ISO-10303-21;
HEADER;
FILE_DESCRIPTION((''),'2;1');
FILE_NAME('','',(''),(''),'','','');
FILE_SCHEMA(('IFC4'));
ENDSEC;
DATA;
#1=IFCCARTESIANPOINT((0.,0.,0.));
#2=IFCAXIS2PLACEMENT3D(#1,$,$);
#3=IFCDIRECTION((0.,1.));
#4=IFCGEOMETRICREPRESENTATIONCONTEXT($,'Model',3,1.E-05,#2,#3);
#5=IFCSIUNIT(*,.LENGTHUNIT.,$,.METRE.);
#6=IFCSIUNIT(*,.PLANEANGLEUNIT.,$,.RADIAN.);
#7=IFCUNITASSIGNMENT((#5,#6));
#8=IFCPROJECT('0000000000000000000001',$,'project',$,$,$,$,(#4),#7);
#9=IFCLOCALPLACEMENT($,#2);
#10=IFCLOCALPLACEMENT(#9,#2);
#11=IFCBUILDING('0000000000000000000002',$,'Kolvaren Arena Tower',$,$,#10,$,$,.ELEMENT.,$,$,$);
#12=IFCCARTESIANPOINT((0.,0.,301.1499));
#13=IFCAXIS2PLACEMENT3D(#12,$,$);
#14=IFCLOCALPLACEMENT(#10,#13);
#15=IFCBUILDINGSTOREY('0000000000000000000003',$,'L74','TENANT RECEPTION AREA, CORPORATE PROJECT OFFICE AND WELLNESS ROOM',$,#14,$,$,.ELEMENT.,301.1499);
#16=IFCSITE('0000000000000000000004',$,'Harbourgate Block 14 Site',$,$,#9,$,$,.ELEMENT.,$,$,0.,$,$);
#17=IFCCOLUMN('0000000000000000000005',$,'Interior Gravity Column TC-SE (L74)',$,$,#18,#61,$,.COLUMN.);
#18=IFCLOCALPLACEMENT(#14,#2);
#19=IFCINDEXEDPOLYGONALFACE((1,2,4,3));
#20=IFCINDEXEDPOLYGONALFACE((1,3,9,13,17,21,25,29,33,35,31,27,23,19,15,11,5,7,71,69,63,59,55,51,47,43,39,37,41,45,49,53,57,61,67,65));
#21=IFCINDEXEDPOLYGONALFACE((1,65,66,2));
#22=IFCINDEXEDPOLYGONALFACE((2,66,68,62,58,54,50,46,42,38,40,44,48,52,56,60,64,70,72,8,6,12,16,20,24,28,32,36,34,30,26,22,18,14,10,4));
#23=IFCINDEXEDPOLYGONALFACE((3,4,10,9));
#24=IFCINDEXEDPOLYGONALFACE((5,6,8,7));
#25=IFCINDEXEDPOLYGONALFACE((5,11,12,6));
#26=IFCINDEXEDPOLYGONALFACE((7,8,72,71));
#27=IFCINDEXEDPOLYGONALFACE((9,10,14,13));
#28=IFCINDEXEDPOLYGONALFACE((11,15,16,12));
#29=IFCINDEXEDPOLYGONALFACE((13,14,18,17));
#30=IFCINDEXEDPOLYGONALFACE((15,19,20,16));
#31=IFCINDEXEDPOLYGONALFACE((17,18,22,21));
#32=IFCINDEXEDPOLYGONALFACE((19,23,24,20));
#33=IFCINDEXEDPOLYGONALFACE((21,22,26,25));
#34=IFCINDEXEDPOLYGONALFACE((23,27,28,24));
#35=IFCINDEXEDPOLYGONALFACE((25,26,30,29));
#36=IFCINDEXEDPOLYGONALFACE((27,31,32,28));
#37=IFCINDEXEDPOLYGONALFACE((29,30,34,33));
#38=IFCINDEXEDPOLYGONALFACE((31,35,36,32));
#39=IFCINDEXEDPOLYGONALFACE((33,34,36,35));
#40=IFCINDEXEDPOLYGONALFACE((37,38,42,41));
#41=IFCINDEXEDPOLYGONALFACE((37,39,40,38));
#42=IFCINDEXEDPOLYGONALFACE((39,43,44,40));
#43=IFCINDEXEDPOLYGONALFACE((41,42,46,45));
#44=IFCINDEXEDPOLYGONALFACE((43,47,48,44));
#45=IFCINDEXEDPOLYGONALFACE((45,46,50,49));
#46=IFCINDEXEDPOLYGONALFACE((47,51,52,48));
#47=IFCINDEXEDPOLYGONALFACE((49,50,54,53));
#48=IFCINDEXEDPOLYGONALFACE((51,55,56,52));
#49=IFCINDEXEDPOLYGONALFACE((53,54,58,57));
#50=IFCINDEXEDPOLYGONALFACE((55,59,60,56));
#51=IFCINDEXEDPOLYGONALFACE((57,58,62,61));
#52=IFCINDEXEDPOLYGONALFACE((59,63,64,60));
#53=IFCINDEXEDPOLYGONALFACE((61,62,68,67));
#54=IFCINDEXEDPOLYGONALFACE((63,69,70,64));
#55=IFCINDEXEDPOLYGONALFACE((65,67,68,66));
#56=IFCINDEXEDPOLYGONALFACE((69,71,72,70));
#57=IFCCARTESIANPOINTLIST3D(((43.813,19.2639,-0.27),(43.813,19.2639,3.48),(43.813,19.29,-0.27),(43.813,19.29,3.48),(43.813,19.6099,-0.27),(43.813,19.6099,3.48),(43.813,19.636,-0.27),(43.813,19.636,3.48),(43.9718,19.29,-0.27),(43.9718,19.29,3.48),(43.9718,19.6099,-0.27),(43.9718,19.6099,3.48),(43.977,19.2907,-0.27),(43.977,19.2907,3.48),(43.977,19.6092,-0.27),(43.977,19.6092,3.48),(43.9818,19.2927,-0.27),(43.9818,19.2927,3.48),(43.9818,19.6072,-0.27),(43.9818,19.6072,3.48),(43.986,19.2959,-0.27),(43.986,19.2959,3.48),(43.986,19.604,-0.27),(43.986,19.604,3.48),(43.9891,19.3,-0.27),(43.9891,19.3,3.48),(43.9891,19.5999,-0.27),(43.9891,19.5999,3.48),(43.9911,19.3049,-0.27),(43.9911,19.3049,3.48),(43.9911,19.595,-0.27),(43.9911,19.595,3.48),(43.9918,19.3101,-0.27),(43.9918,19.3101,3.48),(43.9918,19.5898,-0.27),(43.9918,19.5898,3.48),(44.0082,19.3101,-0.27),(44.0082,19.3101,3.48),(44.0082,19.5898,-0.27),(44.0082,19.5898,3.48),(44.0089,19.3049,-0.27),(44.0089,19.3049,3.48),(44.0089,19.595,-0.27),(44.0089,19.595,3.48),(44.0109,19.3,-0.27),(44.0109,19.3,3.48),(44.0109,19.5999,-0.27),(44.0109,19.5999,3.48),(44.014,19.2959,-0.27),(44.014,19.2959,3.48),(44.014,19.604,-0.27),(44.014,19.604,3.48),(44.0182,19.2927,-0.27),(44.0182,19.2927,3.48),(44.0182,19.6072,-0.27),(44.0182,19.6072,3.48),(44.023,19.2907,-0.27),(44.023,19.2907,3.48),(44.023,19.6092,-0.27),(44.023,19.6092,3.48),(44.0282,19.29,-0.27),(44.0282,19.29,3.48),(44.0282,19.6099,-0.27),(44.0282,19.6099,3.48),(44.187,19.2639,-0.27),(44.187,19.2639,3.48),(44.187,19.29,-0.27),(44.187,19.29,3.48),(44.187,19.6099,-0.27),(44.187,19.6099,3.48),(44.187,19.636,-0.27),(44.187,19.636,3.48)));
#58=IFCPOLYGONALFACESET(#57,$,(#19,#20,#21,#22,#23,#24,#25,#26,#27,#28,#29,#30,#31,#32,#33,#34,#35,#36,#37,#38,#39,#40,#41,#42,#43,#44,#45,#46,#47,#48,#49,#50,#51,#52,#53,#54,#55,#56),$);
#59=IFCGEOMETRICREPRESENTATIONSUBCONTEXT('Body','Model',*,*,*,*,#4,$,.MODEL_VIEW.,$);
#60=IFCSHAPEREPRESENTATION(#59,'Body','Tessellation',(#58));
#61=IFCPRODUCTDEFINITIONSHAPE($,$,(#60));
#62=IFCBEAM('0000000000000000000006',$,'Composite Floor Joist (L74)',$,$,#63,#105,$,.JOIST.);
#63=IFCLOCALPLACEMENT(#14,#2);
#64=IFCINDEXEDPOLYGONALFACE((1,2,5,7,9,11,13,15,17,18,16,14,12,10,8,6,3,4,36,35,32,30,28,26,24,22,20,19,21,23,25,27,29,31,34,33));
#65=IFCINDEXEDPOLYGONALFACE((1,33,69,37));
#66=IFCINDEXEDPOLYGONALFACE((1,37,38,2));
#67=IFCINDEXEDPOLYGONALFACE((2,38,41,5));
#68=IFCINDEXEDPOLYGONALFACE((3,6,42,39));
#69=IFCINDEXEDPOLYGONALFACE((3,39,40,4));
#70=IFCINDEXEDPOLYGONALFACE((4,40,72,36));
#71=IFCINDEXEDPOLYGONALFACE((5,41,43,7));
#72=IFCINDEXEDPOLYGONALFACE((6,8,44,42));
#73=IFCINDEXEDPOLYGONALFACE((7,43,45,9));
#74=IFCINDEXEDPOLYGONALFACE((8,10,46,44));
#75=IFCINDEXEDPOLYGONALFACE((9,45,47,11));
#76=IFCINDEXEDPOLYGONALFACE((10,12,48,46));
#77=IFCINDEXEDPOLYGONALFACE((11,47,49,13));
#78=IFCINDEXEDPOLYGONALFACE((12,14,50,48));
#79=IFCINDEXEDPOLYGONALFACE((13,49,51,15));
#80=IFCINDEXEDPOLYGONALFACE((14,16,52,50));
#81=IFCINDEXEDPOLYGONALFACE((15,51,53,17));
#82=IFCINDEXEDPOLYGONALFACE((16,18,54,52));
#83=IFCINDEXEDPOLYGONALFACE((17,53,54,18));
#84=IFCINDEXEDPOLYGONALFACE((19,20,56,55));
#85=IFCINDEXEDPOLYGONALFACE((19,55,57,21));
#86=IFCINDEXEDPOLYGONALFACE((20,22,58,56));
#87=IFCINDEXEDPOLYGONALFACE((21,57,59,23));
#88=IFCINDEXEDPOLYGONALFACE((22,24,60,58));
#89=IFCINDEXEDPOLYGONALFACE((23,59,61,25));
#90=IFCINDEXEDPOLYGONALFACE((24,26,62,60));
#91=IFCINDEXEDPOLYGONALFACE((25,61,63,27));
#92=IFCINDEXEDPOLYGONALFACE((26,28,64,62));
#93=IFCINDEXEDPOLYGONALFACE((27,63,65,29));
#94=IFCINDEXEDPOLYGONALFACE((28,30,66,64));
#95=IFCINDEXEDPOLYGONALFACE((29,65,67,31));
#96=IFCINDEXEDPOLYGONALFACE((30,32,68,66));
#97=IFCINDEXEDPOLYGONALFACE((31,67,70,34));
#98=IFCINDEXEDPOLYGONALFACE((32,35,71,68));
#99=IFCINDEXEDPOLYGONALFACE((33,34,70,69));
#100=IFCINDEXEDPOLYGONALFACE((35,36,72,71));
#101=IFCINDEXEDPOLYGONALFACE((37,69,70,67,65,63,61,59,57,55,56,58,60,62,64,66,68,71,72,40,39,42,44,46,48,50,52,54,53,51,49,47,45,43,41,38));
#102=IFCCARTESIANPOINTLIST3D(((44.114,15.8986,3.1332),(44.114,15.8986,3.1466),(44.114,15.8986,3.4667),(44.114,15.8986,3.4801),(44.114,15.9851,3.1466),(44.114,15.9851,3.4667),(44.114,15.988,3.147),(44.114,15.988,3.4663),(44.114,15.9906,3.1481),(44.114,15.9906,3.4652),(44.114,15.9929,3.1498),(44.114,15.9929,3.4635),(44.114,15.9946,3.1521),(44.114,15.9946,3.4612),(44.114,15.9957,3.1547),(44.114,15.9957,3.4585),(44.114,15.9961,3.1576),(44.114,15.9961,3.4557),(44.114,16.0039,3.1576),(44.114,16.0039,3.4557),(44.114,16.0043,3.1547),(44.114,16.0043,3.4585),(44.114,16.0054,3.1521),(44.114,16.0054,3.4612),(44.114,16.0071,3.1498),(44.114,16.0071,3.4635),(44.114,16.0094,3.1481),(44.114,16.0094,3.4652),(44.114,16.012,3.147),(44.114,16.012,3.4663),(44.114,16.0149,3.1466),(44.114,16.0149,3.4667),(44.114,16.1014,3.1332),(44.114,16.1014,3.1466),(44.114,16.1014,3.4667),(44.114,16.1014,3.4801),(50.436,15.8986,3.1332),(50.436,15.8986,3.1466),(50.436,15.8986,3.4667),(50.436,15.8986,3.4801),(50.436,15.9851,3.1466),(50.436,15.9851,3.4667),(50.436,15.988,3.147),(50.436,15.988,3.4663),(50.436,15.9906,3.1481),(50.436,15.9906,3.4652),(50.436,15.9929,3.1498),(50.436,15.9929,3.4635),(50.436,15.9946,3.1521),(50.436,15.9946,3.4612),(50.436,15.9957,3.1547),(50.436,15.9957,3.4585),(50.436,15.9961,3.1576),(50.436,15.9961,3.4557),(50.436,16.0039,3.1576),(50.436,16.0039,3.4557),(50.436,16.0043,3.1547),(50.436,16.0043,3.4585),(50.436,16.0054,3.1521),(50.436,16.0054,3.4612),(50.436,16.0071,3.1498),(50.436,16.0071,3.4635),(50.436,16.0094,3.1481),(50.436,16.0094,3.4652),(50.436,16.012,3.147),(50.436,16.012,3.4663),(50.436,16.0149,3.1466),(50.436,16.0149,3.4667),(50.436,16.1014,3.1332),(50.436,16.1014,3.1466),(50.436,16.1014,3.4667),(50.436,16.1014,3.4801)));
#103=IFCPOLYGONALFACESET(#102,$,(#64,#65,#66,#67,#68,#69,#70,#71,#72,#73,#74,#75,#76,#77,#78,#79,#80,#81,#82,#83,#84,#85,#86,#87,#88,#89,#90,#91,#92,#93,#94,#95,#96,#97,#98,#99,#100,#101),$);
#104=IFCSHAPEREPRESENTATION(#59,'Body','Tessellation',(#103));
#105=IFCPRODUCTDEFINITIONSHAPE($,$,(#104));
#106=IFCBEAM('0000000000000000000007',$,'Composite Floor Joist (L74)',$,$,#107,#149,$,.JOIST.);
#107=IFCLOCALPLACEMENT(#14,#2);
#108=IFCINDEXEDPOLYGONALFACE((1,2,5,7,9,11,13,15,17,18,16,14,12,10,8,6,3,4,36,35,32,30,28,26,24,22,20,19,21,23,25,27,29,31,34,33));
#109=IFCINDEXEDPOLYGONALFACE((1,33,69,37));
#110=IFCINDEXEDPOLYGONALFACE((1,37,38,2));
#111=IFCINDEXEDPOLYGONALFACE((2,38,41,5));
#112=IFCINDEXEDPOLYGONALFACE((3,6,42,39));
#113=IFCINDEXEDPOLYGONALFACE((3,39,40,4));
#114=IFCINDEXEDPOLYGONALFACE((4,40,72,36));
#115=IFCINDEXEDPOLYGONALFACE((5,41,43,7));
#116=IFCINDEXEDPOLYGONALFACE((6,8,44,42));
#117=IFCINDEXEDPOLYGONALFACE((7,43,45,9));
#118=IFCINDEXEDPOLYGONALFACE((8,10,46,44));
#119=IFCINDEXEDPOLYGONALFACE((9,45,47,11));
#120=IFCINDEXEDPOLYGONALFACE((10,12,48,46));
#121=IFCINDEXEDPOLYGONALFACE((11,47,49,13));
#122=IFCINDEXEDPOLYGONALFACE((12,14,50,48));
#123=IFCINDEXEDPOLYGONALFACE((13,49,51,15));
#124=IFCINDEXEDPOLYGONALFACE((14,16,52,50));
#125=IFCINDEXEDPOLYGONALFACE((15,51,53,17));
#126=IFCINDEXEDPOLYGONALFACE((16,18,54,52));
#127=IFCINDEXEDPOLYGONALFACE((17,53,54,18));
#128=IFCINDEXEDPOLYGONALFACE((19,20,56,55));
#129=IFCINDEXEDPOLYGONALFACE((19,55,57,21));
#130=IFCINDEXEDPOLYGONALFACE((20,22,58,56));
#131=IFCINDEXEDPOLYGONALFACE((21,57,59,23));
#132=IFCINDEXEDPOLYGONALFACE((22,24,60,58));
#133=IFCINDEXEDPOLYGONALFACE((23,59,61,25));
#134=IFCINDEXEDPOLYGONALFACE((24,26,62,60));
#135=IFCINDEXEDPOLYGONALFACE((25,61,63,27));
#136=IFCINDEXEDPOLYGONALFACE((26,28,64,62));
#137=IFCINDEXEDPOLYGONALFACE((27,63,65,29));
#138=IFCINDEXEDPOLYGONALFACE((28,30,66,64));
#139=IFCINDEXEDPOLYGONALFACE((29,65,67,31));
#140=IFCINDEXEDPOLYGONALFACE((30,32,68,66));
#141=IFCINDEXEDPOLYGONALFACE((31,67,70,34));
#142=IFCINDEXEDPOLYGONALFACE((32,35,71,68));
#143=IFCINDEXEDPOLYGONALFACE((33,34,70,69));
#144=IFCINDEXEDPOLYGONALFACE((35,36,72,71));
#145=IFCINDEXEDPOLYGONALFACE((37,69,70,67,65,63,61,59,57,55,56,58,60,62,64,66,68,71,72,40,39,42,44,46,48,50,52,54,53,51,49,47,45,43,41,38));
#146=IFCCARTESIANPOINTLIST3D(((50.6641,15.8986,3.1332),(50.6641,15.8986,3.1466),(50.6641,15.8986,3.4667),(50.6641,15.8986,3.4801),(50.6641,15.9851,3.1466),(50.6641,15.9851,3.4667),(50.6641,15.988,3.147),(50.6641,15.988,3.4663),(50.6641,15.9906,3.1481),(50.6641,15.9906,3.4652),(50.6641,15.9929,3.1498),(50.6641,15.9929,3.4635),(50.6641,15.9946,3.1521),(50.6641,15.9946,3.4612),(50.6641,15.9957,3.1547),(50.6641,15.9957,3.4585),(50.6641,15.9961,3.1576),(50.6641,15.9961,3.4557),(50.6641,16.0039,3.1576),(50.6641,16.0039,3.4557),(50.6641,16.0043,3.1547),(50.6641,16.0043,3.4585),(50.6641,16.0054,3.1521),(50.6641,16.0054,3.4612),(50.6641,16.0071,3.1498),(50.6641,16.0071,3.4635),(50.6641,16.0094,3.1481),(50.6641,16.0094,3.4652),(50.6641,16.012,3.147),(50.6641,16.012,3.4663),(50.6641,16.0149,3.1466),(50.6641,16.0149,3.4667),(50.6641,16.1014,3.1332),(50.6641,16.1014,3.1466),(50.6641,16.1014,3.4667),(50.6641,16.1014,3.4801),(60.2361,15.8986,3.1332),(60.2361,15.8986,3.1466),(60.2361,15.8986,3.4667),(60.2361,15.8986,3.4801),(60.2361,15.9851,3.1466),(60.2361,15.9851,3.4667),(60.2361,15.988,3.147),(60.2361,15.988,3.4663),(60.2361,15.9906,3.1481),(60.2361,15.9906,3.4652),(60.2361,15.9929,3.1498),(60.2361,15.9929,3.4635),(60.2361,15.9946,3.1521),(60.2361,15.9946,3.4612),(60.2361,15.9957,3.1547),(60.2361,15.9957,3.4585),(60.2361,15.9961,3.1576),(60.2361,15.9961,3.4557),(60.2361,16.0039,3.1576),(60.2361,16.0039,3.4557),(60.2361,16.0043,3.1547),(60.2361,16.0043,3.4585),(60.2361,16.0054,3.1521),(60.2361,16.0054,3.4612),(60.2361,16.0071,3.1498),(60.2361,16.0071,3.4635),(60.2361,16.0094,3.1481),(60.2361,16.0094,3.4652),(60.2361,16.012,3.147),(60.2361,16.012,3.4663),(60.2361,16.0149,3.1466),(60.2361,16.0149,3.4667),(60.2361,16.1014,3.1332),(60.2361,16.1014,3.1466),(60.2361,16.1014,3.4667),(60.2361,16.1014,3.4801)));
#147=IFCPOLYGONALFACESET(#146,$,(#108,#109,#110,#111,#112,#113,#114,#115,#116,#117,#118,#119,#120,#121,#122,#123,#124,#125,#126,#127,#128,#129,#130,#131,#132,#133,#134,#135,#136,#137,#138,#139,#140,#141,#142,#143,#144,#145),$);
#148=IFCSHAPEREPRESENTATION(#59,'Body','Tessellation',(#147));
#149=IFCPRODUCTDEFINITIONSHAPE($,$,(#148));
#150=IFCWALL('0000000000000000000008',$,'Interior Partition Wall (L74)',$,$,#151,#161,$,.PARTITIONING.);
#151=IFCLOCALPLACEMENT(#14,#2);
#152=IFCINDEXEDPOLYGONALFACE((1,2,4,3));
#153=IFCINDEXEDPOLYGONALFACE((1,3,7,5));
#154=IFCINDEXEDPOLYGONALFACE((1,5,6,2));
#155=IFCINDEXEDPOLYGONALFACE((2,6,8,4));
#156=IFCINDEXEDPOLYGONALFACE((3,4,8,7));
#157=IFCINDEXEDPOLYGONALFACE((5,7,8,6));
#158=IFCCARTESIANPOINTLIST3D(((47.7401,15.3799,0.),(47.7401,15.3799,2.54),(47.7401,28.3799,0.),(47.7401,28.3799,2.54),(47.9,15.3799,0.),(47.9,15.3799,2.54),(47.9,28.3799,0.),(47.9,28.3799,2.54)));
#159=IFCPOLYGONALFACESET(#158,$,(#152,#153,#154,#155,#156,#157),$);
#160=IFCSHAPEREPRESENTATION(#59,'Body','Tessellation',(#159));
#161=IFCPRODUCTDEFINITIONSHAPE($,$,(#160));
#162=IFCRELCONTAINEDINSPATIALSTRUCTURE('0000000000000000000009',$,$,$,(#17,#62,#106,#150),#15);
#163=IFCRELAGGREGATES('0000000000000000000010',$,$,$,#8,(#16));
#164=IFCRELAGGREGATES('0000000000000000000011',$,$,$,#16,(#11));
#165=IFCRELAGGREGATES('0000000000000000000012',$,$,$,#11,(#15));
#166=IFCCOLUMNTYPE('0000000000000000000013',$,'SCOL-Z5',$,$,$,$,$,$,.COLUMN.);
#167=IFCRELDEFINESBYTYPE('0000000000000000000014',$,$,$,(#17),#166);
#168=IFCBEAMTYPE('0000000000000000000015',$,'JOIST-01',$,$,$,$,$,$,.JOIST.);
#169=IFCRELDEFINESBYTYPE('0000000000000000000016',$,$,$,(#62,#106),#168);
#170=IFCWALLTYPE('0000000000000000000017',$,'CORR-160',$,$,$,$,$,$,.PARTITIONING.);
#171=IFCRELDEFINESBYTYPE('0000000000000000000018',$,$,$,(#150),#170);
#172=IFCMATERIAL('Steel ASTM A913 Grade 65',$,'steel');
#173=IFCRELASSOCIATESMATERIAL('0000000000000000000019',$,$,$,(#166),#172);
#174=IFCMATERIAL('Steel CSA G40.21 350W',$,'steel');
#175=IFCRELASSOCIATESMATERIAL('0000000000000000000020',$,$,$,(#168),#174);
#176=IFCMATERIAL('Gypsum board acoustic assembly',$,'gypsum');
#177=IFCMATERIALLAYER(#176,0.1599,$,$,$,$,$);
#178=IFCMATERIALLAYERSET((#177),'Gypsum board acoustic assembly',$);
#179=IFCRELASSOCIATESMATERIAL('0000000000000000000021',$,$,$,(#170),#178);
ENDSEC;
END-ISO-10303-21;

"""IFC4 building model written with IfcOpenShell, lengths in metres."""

from ifc_helpers import new_model, si_unit, direction, frame, frame_2d, origin, origin_2d, place, context, subcontext, project, spatial, rectangle, i_section, extrude, material, layer, layer_set, material_profile, profile_set, type_object, element, save


model = new_model("IFC4")

# Units and contexts
model_context = context("Model", 3, precision=1e-05, world=origin(), true_north=direction((0.0, 1.0)))
body_context = subcontext(model_context, "Body", "Model", "MODEL_VIEW")
ifc_project = project(units=[si_unit("LENGTHUNIT", "METRE"), si_unit("PLANEANGLEUNIT", "RADIAN")], contexts=[model_context])

# Site, building, storey
site_placement = place(None, origin())
site = spatial("IfcSite", under=ifc_project, at=site_placement, Name="Harbourgate Block 14 Site", CompositionType="ELEMENT", RefElevation=0.0)
building_placement = place(site_placement, origin())
building = spatial("IfcBuilding", under=site, at=building_placement, Name="Kolvaren Arena Tower", CompositionType="ELEMENT")
storey_placement = place(building_placement, frame((0.0, 0.0, 301.1499)))
storey = spatial("IfcBuildingStorey", under=building, at=storey_placement, Name="L74", Description="TENANT RECEPTION AREA, CORPORATE PROJECT OFFICE AND WELLNESS ROOM", CompositionType="ELEMENT", Elevation=301.1499)

# Column
ifc_material_1 = material(Name="Steel ASTM A913 Grade 65", Category="steel")
ifc_material_profile_1 = material_profile(ifc_material_1, i_section(OverallWidth=0.374, OverallDepth=0.3721, WebThickness=0.0164, FlangeThickness=0.0261, FilletRadius=0.02, at=origin_2d()), Name="W360x196")
ifc_profile_set_1 = profile_set([ifc_material_profile_1], Name="Steel ASTM A913 Grade 65")
column_type = type_object("IfcColumnType", Name="SCOL-Z5", PredefinedType="COLUMN", material=ifc_profile_set_1)
column_placement = place(storey_placement, frame((44.0, 19.45, -0.27), z_axis=(0.0, 0.0, 1.0), x_axis=(1.0, 0.0, 0.0)))
element("IfcColumn", 1, at=column_placement, inside=storey, type_object=column_type, Name="Interior Gravity Column TC-SE (L74)", PredefinedType="COLUMN", context=body_context, shape_type="SweptSolid", body=[
    extrude(i_section(OverallWidth=0.374, OverallDepth=0.3721, WebThickness=0.0164, FlangeThickness=0.0261, FilletRadius=0.02, at=origin_2d()), origin(), (0.0, 0.0, 1.0), 3.75),
])

# Beams
ifc_material_2 = material(Name="Steel CSA G40.21 350W", Category="steel")
ifc_material_profile_2 = material_profile(ifc_material_2, i_section(OverallWidth=0.2029, OverallDepth=0.3469, WebThickness=0.0078, FlangeThickness=0.0134, FilletRadius=0.011, at=origin_2d()), Name="W360x64")
ifc_profile_set_2 = profile_set([ifc_material_profile_2], Name="Steel CSA G40.21 350W")
beam_type = type_object("IfcBeamType", Name="JOIST-01", PredefinedType="JOIST", material=ifc_profile_set_2)
beam_1_placement = place(storey_placement, frame((44.114, 16.0, 3.3066), z_axis=(1.0, 0.0, 0.0), x_axis=(0.0, 1.0, 0.0)))
element("IfcBeam", 2, at=beam_1_placement, inside=storey, type_object=beam_type, Name="Composite Floor Joist (L74)", PredefinedType="JOIST", context=body_context, shape_type="SweptSolid", body=[
    extrude(i_section(OverallWidth=0.2029, OverallDepth=0.3469, WebThickness=0.0078, FlangeThickness=0.0134, FilletRadius=0.011, at=origin_2d()), origin(), (0.0, 0.0, 1.0), 6.322),
])
beam_2_placement = place(storey_placement, frame((50.6641, 16.0, 3.3066), z_axis=(1.0, 0.0, 0.0), x_axis=(0.0, 1.0, 0.0)))
element("IfcBeam", 3, at=beam_2_placement, inside=storey, type_object=beam_type, Name="Composite Floor Joist (L74)", PredefinedType="JOIST", context=body_context, shape_type="SweptSolid", body=[
    extrude(i_section(OverallWidth=0.2029, OverallDepth=0.3469, WebThickness=0.0078, FlangeThickness=0.0134, FilletRadius=0.011, at=origin_2d()), origin(), (0.0, 0.0, 1.0), 9.572),
])

# Wall
ifc_material_3 = material(Name="Gypsum board acoustic assembly", Category="gypsum")
ifc_layer_1 = layer(ifc_material_3, 0.1599)
ifc_layer_set_1 = layer_set([ifc_layer_1], Name="Gypsum board acoustic assembly")
wall_type_1 = type_object("IfcWallType", Name="CORR-160", PredefinedType="PARTITIONING", material=ifc_layer_set_1)
wall_1_placement = place(storey_placement, frame((47.8201, 15.3799, 0.0), z_axis=(0.0, 0.0, 1.0), x_axis=(0.0, 1.0, 0.0)))
element("IfcWall", 4, at=wall_1_placement, inside=storey, type_object=wall_type_1, Name="Interior Partition Wall (L74)", PredefinedType="PARTITIONING", context=body_context, shape_type="SweptSolid", body=[
    extrude(rectangle(XDim=13.0, YDim=0.1599, at=frame_2d((6.5, 0.0))), origin(), (0.0, 0.0, 1.0), 2.54),
])

save(model, "model.ifc")
